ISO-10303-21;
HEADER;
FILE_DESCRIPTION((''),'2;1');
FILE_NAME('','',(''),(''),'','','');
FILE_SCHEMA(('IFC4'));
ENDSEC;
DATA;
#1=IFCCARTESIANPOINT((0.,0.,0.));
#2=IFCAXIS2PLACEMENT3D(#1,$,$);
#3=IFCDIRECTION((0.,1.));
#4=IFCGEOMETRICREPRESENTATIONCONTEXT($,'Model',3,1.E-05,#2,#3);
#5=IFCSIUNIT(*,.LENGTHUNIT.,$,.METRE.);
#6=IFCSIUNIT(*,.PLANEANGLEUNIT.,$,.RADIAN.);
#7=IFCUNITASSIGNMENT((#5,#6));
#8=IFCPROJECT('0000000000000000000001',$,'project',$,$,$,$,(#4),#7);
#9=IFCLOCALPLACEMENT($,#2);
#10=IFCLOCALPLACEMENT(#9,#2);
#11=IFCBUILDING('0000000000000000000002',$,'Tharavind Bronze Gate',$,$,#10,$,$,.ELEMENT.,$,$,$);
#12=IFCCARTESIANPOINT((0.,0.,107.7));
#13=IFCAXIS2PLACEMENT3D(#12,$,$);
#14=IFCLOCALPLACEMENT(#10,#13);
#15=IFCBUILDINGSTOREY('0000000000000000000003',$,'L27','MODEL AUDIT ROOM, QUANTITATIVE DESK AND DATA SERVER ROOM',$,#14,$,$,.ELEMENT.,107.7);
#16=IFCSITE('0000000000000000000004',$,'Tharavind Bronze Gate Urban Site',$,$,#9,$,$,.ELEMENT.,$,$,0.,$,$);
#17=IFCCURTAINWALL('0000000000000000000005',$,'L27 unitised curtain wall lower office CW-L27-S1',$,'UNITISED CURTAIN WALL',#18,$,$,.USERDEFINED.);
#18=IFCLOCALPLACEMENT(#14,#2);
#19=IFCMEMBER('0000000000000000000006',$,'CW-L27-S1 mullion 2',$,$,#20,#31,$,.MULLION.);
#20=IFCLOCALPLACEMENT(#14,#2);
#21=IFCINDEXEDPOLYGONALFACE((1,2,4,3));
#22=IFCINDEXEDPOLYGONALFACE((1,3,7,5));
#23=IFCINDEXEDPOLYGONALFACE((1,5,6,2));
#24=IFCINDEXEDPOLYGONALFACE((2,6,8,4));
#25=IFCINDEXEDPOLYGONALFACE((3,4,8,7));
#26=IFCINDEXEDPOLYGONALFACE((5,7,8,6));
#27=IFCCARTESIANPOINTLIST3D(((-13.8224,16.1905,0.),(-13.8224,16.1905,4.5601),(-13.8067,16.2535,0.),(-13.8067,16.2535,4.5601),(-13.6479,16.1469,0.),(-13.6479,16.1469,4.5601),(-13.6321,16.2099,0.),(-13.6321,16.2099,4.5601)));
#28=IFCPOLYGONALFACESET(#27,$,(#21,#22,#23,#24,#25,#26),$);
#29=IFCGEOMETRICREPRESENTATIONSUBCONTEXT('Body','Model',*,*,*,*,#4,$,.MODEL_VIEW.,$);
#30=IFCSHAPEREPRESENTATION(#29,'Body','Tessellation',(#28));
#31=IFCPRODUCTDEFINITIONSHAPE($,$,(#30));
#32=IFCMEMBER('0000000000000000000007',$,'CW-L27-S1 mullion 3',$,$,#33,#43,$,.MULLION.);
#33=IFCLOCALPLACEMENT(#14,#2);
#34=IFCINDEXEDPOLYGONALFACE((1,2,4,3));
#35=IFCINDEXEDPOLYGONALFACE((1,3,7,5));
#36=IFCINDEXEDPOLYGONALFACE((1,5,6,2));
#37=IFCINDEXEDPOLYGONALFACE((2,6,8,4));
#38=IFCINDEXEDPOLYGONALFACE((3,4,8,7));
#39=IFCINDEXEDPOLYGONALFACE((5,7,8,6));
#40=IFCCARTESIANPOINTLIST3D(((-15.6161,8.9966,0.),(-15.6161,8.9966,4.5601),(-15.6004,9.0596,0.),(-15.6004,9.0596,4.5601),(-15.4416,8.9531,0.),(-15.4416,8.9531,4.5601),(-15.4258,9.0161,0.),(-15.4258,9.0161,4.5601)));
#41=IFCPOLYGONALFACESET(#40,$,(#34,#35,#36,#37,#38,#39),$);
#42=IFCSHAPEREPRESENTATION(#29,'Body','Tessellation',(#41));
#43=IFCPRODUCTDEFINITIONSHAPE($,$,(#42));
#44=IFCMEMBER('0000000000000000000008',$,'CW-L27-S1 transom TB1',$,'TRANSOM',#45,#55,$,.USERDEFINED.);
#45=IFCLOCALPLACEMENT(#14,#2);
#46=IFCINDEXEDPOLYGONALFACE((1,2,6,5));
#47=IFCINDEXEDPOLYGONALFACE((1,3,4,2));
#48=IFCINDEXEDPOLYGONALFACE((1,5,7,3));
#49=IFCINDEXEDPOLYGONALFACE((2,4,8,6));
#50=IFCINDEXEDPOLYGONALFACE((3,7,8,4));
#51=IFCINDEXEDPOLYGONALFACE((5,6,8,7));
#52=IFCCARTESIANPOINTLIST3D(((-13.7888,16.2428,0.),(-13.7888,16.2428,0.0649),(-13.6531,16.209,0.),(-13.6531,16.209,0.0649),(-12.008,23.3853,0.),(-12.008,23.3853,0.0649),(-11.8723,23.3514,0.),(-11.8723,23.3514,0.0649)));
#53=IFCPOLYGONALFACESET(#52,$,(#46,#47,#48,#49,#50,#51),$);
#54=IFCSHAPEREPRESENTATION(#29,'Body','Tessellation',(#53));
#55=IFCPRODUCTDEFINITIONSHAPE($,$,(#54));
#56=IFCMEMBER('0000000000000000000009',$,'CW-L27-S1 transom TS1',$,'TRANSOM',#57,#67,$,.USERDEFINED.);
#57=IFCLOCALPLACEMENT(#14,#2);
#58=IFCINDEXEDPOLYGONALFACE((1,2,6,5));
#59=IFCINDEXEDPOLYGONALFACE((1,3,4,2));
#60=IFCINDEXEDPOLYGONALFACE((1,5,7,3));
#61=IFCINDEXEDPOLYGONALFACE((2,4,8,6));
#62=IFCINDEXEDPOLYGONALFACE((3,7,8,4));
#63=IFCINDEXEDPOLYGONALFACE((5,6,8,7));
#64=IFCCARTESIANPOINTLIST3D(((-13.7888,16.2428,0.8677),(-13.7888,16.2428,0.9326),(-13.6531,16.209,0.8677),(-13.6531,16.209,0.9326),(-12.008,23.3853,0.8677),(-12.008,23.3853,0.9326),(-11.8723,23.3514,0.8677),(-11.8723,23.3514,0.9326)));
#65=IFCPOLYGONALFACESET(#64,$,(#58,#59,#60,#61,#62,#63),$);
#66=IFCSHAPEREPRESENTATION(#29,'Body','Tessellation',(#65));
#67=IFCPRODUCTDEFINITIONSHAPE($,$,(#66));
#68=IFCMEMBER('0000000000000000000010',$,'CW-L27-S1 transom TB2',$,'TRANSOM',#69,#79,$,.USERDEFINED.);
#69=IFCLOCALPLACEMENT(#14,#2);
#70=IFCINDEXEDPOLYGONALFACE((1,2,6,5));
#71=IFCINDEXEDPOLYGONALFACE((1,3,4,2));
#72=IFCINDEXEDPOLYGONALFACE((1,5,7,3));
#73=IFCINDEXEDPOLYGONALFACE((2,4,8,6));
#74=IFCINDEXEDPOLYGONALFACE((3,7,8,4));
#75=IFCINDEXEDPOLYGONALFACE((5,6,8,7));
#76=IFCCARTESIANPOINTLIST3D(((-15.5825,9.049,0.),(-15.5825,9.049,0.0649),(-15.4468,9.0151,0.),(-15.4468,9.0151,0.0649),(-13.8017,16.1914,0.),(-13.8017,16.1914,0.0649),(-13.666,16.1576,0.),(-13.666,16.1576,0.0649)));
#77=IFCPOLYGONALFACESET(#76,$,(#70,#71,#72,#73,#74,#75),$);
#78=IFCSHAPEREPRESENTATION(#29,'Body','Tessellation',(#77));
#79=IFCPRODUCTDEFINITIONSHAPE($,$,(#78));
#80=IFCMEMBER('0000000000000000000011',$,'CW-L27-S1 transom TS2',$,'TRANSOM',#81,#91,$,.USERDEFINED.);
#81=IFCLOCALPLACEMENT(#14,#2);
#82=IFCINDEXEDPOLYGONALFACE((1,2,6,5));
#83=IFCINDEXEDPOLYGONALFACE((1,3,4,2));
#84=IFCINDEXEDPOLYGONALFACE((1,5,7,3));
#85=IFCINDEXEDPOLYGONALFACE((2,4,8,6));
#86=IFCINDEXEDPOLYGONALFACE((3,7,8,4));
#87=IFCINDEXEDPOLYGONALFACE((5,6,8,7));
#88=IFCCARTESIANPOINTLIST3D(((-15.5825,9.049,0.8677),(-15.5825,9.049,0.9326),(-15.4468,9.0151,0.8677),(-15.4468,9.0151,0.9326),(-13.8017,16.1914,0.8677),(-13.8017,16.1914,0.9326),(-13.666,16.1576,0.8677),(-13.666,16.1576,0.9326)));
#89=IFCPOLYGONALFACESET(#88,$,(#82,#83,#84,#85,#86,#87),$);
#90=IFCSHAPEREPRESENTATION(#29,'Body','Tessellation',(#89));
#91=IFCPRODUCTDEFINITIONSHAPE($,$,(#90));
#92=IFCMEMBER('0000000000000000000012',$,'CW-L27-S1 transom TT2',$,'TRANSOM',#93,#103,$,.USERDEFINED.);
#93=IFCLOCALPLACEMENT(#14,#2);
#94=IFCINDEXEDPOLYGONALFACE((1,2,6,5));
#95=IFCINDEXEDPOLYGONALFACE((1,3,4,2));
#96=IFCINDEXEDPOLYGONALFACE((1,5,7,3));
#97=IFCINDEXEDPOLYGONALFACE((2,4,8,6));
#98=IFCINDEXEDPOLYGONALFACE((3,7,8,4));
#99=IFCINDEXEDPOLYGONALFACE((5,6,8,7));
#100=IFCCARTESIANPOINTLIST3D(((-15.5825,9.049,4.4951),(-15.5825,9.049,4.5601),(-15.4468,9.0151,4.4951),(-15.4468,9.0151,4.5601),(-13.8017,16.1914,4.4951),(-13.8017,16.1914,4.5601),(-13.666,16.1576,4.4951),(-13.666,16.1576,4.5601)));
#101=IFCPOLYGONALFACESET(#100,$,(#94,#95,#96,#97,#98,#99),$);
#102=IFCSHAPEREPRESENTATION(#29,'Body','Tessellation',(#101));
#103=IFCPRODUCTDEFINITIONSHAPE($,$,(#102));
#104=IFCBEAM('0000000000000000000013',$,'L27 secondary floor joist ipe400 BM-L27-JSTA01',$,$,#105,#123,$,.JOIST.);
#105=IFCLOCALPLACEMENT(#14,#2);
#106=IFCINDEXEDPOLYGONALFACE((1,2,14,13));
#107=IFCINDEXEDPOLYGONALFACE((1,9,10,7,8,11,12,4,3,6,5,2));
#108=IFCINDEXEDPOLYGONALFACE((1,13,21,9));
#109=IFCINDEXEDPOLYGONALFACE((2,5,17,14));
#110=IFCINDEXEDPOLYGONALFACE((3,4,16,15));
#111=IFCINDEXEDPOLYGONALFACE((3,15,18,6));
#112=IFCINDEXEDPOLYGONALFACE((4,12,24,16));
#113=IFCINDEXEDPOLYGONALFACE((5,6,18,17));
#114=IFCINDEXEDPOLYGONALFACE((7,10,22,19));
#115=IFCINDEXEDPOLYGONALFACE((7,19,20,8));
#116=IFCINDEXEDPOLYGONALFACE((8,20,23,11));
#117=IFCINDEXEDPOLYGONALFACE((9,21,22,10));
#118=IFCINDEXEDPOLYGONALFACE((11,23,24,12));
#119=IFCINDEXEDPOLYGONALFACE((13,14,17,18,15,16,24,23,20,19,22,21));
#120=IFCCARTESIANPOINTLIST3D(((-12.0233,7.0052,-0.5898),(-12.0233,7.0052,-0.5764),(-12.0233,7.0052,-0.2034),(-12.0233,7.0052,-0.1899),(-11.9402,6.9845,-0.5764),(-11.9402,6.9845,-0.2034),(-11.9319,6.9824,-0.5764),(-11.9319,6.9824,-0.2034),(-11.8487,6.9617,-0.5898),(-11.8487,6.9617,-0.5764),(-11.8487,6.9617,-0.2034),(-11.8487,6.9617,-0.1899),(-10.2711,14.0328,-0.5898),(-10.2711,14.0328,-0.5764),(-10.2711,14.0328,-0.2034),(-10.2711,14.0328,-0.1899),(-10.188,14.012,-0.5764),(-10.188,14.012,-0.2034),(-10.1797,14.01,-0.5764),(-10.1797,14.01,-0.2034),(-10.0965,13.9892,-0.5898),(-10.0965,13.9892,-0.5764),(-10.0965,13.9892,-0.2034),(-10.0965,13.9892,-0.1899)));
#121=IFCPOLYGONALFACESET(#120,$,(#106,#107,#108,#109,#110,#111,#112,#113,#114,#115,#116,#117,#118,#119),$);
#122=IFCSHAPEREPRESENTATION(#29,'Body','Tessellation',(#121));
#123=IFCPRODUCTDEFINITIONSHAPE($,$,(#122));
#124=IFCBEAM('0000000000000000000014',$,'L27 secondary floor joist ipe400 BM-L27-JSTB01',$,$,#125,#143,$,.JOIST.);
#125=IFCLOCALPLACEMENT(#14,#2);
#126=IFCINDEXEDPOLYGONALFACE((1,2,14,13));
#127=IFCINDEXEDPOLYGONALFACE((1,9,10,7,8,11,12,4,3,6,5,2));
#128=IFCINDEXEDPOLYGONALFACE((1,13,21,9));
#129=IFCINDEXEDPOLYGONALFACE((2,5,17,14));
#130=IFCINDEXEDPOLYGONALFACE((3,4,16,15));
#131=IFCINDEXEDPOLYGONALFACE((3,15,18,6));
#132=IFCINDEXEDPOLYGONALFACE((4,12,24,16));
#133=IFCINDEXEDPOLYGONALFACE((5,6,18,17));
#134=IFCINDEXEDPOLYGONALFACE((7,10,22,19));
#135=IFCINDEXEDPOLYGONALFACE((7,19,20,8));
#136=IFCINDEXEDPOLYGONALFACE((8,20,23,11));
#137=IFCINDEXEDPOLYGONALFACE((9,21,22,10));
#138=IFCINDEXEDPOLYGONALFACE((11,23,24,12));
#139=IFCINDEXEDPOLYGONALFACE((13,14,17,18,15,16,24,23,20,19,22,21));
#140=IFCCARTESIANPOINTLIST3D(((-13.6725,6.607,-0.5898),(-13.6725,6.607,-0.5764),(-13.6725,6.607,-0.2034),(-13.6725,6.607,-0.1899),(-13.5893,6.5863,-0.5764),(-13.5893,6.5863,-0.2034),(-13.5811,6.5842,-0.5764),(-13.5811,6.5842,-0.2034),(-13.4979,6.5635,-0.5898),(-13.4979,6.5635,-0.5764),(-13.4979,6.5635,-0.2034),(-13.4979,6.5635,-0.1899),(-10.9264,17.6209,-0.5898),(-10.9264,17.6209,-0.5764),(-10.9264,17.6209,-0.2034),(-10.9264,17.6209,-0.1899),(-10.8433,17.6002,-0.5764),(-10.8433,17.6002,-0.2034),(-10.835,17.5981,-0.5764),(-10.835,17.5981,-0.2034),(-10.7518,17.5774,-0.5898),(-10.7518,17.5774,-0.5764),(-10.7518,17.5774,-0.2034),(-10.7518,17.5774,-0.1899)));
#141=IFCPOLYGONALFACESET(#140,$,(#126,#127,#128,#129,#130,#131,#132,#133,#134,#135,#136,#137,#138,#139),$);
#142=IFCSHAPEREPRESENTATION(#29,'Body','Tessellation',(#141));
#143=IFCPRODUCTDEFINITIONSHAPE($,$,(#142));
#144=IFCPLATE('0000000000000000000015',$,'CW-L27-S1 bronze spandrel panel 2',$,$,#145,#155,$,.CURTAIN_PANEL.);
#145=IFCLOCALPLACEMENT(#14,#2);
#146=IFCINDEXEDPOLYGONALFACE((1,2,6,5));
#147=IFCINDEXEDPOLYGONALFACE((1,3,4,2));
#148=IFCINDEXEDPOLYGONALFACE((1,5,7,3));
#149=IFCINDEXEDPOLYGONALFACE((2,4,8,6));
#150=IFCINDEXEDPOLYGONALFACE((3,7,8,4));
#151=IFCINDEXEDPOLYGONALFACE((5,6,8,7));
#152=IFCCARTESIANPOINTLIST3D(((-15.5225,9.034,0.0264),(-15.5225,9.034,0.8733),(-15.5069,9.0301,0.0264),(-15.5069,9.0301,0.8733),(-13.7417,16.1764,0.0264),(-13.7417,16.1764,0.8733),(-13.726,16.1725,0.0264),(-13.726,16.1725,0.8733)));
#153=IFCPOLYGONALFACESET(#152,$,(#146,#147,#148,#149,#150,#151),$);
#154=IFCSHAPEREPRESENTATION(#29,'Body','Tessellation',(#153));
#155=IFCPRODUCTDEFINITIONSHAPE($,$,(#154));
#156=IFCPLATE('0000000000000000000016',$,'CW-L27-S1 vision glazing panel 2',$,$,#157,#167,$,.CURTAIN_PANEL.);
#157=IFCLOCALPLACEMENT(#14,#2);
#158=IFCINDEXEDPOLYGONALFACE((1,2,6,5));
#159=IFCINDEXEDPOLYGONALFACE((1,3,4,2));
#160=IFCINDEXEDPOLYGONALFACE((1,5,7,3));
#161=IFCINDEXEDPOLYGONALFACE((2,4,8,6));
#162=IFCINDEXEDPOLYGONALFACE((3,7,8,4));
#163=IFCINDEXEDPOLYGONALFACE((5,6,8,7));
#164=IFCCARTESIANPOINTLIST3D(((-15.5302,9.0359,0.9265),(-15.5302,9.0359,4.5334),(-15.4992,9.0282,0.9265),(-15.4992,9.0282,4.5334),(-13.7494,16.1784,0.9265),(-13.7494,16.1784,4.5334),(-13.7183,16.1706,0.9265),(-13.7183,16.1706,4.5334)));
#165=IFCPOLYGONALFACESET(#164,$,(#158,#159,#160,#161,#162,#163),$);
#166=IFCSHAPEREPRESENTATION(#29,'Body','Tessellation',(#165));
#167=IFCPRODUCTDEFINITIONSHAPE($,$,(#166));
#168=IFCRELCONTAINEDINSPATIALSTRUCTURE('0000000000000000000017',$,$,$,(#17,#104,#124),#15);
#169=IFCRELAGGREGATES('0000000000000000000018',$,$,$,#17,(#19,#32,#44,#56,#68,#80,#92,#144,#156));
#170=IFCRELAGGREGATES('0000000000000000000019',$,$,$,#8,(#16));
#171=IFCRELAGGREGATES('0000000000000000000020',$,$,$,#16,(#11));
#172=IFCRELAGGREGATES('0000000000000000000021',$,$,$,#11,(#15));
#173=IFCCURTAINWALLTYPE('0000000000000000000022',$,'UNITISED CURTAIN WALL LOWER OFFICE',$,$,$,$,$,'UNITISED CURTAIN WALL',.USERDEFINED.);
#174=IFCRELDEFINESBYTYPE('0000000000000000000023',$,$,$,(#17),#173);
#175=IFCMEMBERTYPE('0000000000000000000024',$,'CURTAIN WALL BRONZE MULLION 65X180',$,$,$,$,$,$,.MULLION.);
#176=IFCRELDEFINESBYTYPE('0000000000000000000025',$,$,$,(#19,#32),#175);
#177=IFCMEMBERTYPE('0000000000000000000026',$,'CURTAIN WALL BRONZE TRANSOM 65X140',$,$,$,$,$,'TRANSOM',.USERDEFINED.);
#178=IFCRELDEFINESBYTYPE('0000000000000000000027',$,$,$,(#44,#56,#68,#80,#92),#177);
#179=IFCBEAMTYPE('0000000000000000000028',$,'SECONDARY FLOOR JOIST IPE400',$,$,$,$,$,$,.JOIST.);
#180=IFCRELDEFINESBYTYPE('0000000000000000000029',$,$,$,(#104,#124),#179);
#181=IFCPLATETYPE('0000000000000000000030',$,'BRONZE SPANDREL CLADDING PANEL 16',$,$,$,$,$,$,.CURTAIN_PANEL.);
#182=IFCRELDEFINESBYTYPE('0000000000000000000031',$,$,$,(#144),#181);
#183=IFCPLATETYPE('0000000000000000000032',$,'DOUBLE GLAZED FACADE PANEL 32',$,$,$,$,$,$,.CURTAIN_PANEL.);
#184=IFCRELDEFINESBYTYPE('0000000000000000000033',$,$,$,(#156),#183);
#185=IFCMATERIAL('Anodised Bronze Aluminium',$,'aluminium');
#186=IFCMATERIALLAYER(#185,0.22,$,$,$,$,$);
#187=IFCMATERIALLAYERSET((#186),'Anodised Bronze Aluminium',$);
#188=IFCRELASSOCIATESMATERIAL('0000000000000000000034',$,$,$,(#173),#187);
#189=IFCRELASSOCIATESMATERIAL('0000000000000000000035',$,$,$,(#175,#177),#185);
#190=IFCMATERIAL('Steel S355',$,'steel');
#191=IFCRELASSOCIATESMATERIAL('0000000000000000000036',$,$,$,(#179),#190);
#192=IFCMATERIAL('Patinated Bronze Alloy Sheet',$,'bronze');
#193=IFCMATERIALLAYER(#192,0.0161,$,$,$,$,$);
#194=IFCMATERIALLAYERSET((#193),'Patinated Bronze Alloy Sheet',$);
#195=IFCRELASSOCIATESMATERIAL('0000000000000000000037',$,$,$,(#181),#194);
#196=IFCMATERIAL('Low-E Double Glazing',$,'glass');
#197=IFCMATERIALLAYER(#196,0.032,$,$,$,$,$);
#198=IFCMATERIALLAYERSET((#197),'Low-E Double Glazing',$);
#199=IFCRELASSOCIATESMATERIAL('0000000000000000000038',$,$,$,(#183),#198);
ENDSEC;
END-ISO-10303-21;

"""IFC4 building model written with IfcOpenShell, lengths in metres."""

from ifc_helpers import new_model, si_unit, direction, frame, origin, origin_2d, place, context, subcontext, project, spatial, rectangle, i_section, extrude, material, layer, layer_set, material_profile, profile_set, type_object, element, aggregate, save


model = new_model("IFC4")

# Units and contexts
model_context = context("Model", 3, precision=1e-05, world=origin(), true_north=direction((0.0, 1.0)))
body_context = subcontext(model_context, "Body", "Model", "MODEL_VIEW")
ifc_project = project(units=[si_unit("LENGTHUNIT", "METRE"), si_unit("PLANEANGLEUNIT", "RADIAN")], contexts=[model_context])

# Site, building, storey
site_placement = place(None, origin())
site = spatial("IfcSite", under=ifc_project, at=site_placement, Name="Tharavind Bronze Gate Urban Site", CompositionType="ELEMENT", RefElevation=0.0)
building_placement = place(site_placement, origin())
building = spatial("IfcBuilding", under=site, at=building_placement, Name="Tharavind Bronze Gate", CompositionType="ELEMENT")
storey_placement = place(building_placement, frame((0.0, 0.0, 107.7)))
storey = spatial("IfcBuildingStorey", under=building, at=storey_placement, Name="L27", Description="MODEL AUDIT ROOM, QUANTITATIVE DESK AND DATA SERVER ROOM", CompositionType="ELEMENT", Elevation=107.7)

# Curtain wall, members
ifc_material_1 = material(Name="Anodised Bronze Aluminium", Category="aluminium")
ifc_layer_1 = layer(ifc_material_1, 0.22)
ifc_layer_set_1 = layer_set([ifc_layer_1], Name="Anodised Bronze Aluminium")
curtain_wall_type = type_object("IfcCurtainWallType", Name="UNITISED CURTAIN WALL LOWER OFFICE", ElementType="UNITISED CURTAIN WALL", PredefinedType="USERDEFINED", material=ifc_layer_set_1)
curtain_wall_placement = place(storey_placement, origin())
curtain_wall = element("IfcCurtainWall", 1, at=curtain_wall_placement, inside=storey, type_object=curtain_wall_type, Name="L27 unitised curtain wall lower office CW-L27-S1", ObjectType="UNITISED CURTAIN WALL", PredefinedType="USERDEFINED")
member_type_1 = type_object("IfcMemberType", Name="CURTAIN WALL BRONZE MULLION 65X180", PredefinedType="MULLION", material=ifc_material_1)
member_1_placement = place(storey_placement, frame((-13.7273, 16.2002, 0.0), z_axis=(0.0, 0.0, 1.0), x_axis=(-0.241922, -0.970296, 0.0)))
member_1 = element("IfcMember", 2, at=member_1_placement, type_object=member_type_1, Name="CW-L27-S1 mullion 2", PredefinedType="MULLION", context=body_context, shape_type="SweptSolid", body=[
    extrude(rectangle(XDim=0.0649, YDim=0.1799, at=origin_2d()), origin(), (0.0, 0.0, 1.0), 4.5601),
])
member_2_placement = place(storey_placement, frame((-15.521, 9.0063, 0.0), z_axis=(0.0, 0.0, 1.0), x_axis=(-0.241922, -0.970296, 0.0)))
member_2 = element("IfcMember", 3, at=member_2_placement, type_object=member_type_1, Name="CW-L27-S1 mullion 3", PredefinedType="MULLION", context=body_context, shape_type="SweptSolid", body=[
    extrude(rectangle(XDim=0.0649, YDim=0.1799, at=origin_2d()), origin(), (0.0, 0.0, 1.0), 4.5601),
])
member_type_2 = type_object("IfcMemberType", Name="CURTAIN WALL BRONZE TRANSOM 65X140", ElementType="TRANSOM", PredefinedType="USERDEFINED", material=ifc_material_1)
member_3_placement = place(storey_placement, frame((-12.8306, 19.7971, 0.0), z_axis=(0.0, 0.0, 1.0), x_axis=(-0.241922, -0.970296, 0.0)))
member_3 = element("IfcMember", 4, at=member_3_placement, type_object=member_type_2, Name="CW-L27-S1 transom TB1", ObjectType="TRANSOM", PredefinedType="USERDEFINED", context=body_context, shape_type="SweptSolid", body=[
    extrude(rectangle(XDim=7.3611, YDim=0.1399, at=origin_2d()), origin(), (0.0, 0.0, 1.0), 0.0649),
])
member_4_placement = place(storey_placement, frame((-12.8306, 19.7971, 0.8677), z_axis=(0.0, 0.0, 1.0), x_axis=(-0.241922, -0.970296, 0.0)))
member_4 = element("IfcMember", 5, at=member_4_placement, type_object=member_type_2, Name="CW-L27-S1 transom TS1", ObjectType="TRANSOM", PredefinedType="USERDEFINED", context=body_context, shape_type="SweptSolid", body=[
    extrude(rectangle(XDim=7.3611, YDim=0.1399, at=origin_2d()), origin(), (0.0, 0.0, 1.0), 0.0649),
])
member_5_placement = place(storey_placement, frame((-14.6243, 12.6033, 0.0), z_axis=(0.0, 0.0, 1.0), x_axis=(-0.241922, -0.970296, 0.0)))
member_5 = element("IfcMember", 6, at=member_5_placement, type_object=member_type_2, Name="CW-L27-S1 transom TB2", ObjectType="TRANSOM", PredefinedType="USERDEFINED", context=body_context, shape_type="SweptSolid", body=[
    extrude(rectangle(XDim=7.3611, YDim=0.1399, at=origin_2d()), origin(), (0.0, 0.0, 1.0), 0.0649),
])
member_6_placement = place(storey_placement, frame((-14.6243, 12.6033, 0.8677), z_axis=(0.0, 0.0, 1.0), x_axis=(-0.241922, -0.970296, 0.0)))
member_6 = element("IfcMember", 7, at=member_6_placement, type_object=member_type_2, Name="CW-L27-S1 transom TS2", ObjectType="TRANSOM", PredefinedType="USERDEFINED", context=body_context, shape_type="SweptSolid", body=[
    extrude(rectangle(XDim=7.3611, YDim=0.1399, at=origin_2d()), origin(), (0.0, 0.0, 1.0), 0.0649),
])
member_7_placement = place(storey_placement, frame((-14.6243, 12.6033, 4.4951), z_axis=(0.0, 0.0, 1.0), x_axis=(-0.241922, -0.970296, 0.0)))
member_7 = element("IfcMember", 8, at=member_7_placement, type_object=member_type_2, Name="CW-L27-S1 transom TT2", ObjectType="TRANSOM", PredefinedType="USERDEFINED", context=body_context, shape_type="SweptSolid", body=[
    extrude(rectangle(XDim=7.3611, YDim=0.1399, at=origin_2d()), origin(), (0.0, 0.0, 1.0), 0.0649),
])

# Beams
ifc_material_2 = material(Name="Steel S355", Category="steel")
ifc_material_profile = material_profile(ifc_material_2, i_section(OverallWidth=0.1799, OverallDepth=0.3999, WebThickness=0.0085, FlangeThickness=0.0134, at=origin_2d()), Name="IPE400")
ifc_profile_set = profile_set([ifc_material_profile], Name="Steel S355")
beam_type = type_object("IfcBeamType", Name="SECONDARY FLOOR JOIST IPE400", PredefinedType="JOIST", material=ifc_profile_set)
beam_1_placement = place(storey_placement, frame((-10.1838, 14.011, -0.3899), z_axis=(-0.241925, -0.970295, 0.0), x_axis=(0.970295, -0.241925, 0.0)))
element("IfcBeam", 9, at=beam_1_placement, inside=storey, type_object=beam_type, Name="L27 secondary floor joist ipe400 BM-L27-JSTA01", PredefinedType="JOIST", context=body_context, shape_type="SweptSolid", body=[
    extrude(i_section(OverallWidth=0.1799, OverallDepth=0.3999, WebThickness=0.0085, FlangeThickness=0.0134, at=origin_2d()), origin(), (0.0, 0.0, 1.0), 7.2427),
])
beam_2_placement = place(storey_placement, frame((-10.8391, 17.5991, -0.3899), z_axis=(-0.241923, -0.970295, 0.0), x_axis=(0.970295, -0.241923, 0.0)))
element("IfcBeam", 10, at=beam_2_placement, inside=storey, type_object=beam_type, Name="L27 secondary floor joist ipe400 BM-L27-JSTB01", PredefinedType="JOIST", context=body_context, shape_type="SweptSolid", body=[
    extrude(i_section(OverallWidth=0.1799, OverallDepth=0.3999, WebThickness=0.0085, FlangeThickness=0.0134, at=origin_2d()), origin(), (0.0, 0.0, 1.0), 11.3511),
])

# Plates
ifc_material_3 = material(Name="Patinated Bronze Alloy Sheet", Category="bronze")
ifc_layer_2 = layer(ifc_material_3, 0.0161)
ifc_layer_set_2 = layer_set([ifc_layer_2], Name="Patinated Bronze Alloy Sheet")
plate_type_1 = type_object("IfcPlateType", Name="BRONZE SPANDREL CLADDING PANEL 16", PredefinedType="CURTAIN_PANEL", material=ifc_layer_set_2)
plate_1_placement = place(storey_placement, frame((-14.6243, 12.6033, 0.0264), z_axis=(0.0, 0.0, 1.0), x_axis=(-0.241922, -0.970296, 0.0)))
plate_1 = element("IfcPlate", 11, at=plate_1_placement, type_object=plate_type_1, Name="CW-L27-S1 bronze spandrel panel 2", PredefinedType="CURTAIN_PANEL", context=body_context, shape_type="SweptSolid", body=[
    extrude(rectangle(XDim=7.3611, YDim=0.0161, at=origin_2d()), origin(), (0.0, 0.0, 1.0), 0.8469),
])
ifc_material_4 = material(Name="Low-E Double Glazing", Category="glass")
ifc_layer_3 = layer(ifc_material_4, 0.032)
ifc_layer_set_3 = layer_set([ifc_layer_3], Name="Low-E Double Glazing")
plate_type_2 = type_object("IfcPlateType", Name="DOUBLE GLAZED FACADE PANEL 32", PredefinedType="CURTAIN_PANEL", material=ifc_layer_set_3)
plate_2_placement = place(storey_placement, frame((-14.6243, 12.6033, 0.9265), z_axis=(0.0, 0.0, 1.0), x_axis=(-0.241922, -0.970296, 0.0)))
plate_2 = element("IfcPlate", 12, at=plate_2_placement, type_object=plate_type_2, Name="CW-L27-S1 vision glazing panel 2", PredefinedType="CURTAIN_PANEL", context=body_context, shape_type="SweptSolid", body=[
    extrude(rectangle(XDim=7.3611, YDim=0.032, at=origin_2d()), origin(), (0.0, 0.0, 1.0), 3.6069),
])
aggregate(curtain_wall, [member_1, member_2, member_3, member_4, member_5, member_6, member_7, plate_1, plate_2])

save(model, "model.ifc")
